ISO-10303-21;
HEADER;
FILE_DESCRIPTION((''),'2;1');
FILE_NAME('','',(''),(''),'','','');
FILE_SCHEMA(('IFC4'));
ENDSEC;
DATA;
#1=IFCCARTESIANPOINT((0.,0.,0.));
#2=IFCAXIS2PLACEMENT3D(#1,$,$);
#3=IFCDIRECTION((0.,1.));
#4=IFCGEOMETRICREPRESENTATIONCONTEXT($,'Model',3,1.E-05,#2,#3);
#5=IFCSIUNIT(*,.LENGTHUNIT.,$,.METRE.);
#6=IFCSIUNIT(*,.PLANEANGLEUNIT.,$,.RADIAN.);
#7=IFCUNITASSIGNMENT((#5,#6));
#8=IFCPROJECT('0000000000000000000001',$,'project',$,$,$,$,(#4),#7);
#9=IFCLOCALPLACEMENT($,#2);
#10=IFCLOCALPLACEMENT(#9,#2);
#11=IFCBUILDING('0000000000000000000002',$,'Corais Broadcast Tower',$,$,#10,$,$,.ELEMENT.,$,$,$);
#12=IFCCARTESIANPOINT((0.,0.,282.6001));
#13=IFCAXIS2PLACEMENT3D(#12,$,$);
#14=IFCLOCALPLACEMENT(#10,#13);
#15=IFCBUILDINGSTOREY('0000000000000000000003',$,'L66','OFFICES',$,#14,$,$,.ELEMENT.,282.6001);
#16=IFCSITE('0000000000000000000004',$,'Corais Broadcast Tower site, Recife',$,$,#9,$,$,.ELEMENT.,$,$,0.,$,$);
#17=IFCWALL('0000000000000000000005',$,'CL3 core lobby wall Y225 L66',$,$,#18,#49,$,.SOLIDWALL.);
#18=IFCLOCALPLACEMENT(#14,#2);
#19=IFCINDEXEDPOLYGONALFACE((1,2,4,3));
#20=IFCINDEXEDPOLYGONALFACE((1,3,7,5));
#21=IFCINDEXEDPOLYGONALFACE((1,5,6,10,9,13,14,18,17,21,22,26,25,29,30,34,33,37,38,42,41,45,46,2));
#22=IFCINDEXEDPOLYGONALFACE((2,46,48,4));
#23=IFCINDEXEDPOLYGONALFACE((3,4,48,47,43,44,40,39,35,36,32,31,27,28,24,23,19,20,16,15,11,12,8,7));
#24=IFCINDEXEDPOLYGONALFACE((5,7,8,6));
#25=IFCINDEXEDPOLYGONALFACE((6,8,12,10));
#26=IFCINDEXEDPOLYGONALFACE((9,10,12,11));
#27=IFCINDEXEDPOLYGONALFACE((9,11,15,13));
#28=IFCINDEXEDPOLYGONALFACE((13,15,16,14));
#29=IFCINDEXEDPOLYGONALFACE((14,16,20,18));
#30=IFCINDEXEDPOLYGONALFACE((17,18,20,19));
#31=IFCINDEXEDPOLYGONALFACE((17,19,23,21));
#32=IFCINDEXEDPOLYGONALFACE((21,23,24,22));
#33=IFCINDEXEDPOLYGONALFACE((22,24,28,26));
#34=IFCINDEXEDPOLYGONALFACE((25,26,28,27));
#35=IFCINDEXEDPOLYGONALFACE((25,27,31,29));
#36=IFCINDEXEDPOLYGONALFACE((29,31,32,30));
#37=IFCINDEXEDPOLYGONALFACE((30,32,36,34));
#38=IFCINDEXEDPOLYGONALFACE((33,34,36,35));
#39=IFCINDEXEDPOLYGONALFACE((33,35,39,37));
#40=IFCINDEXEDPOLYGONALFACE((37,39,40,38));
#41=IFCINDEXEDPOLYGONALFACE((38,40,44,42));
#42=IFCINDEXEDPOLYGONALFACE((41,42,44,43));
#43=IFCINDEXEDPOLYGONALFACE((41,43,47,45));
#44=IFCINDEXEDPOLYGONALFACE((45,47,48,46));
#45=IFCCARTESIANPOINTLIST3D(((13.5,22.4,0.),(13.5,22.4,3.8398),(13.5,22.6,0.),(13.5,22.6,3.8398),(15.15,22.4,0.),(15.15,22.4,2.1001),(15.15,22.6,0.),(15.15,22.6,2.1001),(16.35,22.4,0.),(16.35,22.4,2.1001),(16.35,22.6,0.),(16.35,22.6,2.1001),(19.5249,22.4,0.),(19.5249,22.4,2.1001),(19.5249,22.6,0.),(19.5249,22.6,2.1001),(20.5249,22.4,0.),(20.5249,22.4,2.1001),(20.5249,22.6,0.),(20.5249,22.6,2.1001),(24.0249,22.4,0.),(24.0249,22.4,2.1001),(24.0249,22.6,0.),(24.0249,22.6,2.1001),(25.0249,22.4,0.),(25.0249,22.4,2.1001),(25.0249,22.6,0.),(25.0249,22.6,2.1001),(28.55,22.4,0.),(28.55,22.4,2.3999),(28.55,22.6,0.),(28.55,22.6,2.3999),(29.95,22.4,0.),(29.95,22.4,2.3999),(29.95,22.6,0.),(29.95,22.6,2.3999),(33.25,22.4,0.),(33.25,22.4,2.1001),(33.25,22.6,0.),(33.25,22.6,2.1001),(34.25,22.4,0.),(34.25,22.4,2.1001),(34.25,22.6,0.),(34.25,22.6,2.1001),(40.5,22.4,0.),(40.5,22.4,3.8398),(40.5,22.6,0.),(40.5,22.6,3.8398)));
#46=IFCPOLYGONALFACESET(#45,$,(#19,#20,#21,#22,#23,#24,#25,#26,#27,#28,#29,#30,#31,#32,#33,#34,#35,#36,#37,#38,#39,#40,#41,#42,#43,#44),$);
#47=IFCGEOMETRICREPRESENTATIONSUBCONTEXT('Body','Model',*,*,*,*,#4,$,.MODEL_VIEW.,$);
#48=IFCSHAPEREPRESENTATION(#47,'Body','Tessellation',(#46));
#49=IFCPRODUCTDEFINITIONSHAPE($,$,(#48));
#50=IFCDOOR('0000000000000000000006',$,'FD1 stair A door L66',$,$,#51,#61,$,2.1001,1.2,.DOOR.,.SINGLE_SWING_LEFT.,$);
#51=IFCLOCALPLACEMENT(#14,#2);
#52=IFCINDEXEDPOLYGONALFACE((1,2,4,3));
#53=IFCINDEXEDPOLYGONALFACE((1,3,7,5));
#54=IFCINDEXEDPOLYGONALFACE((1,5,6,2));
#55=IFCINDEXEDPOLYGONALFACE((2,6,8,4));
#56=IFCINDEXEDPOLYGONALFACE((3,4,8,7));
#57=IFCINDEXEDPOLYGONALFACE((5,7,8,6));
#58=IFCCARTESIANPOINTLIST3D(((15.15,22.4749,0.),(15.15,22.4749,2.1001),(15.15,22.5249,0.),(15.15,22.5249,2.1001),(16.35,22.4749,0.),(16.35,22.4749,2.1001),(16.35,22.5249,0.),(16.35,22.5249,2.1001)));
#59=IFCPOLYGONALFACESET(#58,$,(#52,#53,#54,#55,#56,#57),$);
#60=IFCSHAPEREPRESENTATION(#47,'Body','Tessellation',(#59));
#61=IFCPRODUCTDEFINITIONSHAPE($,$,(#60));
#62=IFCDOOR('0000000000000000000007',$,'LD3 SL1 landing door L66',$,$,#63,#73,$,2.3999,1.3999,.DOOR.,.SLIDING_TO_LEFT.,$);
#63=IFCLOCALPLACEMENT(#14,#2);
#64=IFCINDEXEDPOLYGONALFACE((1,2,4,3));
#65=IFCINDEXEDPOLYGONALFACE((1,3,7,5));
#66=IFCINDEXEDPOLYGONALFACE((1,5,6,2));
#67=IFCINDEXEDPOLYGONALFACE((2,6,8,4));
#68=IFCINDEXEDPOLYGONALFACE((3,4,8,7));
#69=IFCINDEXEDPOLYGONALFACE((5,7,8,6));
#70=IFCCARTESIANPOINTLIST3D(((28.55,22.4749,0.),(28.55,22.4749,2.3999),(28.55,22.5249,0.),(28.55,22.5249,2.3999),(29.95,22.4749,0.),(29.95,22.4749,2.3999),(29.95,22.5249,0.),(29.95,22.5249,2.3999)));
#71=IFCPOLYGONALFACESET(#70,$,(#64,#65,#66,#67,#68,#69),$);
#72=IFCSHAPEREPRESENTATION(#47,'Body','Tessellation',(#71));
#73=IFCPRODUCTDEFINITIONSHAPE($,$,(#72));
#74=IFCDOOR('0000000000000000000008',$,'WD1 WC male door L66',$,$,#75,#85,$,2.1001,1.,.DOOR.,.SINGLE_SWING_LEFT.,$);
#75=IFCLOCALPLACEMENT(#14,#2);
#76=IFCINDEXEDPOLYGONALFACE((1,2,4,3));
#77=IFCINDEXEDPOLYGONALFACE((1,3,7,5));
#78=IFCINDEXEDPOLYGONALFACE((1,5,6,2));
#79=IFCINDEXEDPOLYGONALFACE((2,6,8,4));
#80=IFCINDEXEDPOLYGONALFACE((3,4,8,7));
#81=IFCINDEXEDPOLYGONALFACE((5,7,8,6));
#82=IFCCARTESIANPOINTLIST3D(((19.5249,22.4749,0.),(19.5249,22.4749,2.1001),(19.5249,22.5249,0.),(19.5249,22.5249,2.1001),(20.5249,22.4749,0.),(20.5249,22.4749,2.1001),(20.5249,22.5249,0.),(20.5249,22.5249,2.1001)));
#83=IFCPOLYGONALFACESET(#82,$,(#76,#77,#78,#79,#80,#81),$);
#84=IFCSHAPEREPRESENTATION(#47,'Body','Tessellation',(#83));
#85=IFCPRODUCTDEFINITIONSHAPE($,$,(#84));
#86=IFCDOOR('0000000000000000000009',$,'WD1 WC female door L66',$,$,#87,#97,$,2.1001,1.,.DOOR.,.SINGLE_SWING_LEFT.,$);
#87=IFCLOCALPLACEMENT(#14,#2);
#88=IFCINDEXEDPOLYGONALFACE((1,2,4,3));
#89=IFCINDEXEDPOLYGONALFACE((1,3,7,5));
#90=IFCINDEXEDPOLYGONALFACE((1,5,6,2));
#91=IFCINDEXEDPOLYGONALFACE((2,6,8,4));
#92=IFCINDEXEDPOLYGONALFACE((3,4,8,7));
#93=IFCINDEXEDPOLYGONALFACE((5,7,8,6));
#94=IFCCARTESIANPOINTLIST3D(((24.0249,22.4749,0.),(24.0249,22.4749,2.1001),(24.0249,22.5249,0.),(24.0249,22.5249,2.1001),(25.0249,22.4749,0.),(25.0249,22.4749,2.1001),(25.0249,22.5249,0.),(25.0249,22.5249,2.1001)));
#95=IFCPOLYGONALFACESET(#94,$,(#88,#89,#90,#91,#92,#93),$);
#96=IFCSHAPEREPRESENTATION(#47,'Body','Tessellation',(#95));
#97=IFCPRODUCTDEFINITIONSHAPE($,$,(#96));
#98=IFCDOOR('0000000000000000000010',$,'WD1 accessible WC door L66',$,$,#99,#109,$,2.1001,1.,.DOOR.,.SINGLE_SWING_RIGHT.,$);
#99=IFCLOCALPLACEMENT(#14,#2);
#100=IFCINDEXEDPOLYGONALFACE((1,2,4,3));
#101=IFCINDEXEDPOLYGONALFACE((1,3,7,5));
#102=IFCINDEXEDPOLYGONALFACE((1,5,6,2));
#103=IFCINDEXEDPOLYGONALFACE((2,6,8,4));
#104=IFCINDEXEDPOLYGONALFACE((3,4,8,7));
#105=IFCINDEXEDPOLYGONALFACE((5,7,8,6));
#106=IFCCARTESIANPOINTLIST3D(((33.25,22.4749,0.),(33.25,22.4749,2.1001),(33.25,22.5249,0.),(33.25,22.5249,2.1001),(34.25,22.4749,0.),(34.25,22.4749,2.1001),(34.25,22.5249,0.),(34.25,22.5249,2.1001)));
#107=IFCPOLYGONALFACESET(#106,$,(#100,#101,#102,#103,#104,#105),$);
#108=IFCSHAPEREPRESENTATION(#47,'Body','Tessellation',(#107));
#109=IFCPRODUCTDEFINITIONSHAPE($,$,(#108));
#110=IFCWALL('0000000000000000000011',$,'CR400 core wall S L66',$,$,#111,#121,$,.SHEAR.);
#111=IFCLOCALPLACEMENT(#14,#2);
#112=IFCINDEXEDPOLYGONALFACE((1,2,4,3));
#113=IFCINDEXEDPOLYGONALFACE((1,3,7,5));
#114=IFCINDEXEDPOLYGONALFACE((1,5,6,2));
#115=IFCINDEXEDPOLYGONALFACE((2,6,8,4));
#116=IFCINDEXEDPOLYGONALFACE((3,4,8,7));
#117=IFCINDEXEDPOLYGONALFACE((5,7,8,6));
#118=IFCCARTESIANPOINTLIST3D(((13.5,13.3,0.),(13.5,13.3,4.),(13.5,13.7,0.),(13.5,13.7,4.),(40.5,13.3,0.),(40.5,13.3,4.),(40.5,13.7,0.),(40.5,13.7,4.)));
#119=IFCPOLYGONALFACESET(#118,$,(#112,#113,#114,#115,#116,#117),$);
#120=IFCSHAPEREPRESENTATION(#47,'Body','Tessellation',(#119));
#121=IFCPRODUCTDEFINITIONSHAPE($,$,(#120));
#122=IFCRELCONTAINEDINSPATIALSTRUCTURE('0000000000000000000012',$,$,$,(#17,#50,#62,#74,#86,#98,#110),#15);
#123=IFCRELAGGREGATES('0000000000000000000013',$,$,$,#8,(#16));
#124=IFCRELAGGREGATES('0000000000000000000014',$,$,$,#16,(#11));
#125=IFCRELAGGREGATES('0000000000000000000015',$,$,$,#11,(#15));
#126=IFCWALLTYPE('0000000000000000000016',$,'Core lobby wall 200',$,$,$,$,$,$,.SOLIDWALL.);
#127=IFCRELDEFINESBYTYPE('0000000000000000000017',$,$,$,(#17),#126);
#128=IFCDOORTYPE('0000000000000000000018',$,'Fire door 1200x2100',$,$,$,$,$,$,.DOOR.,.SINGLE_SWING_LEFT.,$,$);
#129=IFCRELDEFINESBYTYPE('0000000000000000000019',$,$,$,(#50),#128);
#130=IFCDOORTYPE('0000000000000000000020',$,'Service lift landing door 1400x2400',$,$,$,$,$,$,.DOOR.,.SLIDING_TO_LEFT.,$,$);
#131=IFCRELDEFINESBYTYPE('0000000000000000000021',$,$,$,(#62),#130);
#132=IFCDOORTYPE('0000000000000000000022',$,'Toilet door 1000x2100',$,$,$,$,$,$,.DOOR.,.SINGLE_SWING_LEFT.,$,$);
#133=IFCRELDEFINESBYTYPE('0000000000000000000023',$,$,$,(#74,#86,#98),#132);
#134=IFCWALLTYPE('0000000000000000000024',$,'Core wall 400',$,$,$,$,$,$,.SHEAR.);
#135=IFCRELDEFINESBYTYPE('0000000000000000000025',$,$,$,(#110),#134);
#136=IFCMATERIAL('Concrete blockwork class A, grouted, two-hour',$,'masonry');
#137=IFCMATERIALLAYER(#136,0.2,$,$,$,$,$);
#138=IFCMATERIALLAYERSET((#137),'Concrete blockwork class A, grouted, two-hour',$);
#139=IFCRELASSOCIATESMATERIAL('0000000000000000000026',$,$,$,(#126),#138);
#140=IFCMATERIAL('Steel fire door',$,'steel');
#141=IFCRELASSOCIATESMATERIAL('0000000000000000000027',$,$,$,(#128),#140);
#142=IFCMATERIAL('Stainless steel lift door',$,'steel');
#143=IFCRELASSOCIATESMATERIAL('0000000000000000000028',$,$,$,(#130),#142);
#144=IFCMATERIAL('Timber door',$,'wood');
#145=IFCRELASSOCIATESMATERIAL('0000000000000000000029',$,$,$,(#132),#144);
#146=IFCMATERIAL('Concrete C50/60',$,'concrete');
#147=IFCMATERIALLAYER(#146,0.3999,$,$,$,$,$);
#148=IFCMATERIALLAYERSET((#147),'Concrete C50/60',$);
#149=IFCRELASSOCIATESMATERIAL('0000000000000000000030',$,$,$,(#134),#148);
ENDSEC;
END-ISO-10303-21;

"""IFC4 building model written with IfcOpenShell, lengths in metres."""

from ifc_helpers import new_model, si_unit, direction, frame, frame_2d, origin, place, context, subcontext, project, spatial, rectangle, extrude, material, layer, layer_set, type_object, element, fill, save


model = new_model("IFC4")

# Units and contexts
model_context = context("Model", 3, precision=1e-05, world=origin(), true_north=direction((0.0, 1.0)))
body_context = subcontext(model_context, "Body", "Model", "MODEL_VIEW")
ifc_project = project(units=[si_unit("LENGTHUNIT", "METRE"), si_unit("PLANEANGLEUNIT", "RADIAN")], contexts=[model_context])

# Site, building, storey
site_placement = place(None, origin())
site = spatial("IfcSite", under=ifc_project, at=site_placement, Name="Corais Broadcast Tower site, Recife", CompositionType="ELEMENT", RefElevation=0.0)
building_placement = place(site_placement, origin())
building = spatial("IfcBuilding", under=site, at=building_placement, Name="Corais Broadcast Tower", CompositionType="ELEMENT")
storey_placement = place(building_placement, frame((0.0, 0.0, 282.6001)))
storey = spatial("IfcBuildingStorey", under=building, at=storey_placement, Name="L66", Description="OFFICES", CompositionType="ELEMENT", Elevation=282.6001)

# Wall, openings, doors
ifc_material_1 = material(Name="Concrete blockwork class A, grouted, two-hour", Category="masonry")
ifc_layer_1 = layer(ifc_material_1, 0.2)
ifc_layer_set_1 = layer_set([ifc_layer_1], Name="Concrete blockwork class A, grouted, two-hour")
wall_type_1 = type_object("IfcWallType", Name="Core lobby wall 200", PredefinedType="SOLIDWALL", material=ifc_layer_set_1)
wall_1_placement = place(storey_placement, frame((13.5, 22.5, 0.0), z_axis=(0.0, 0.0, 1.0), x_axis=(1.0, 0.0, 0.0)))
wall_1 = element("IfcWall", 1, at=wall_1_placement, inside=storey, type_object=wall_type_1, Name="CL3 core lobby wall Y225 L66", PredefinedType="SOLIDWALL", context=body_context, shape_type="SweptSolid", body=[
    extrude(rectangle(XDim=27.0, YDim=0.2, at=frame_2d((13.5, 0.0))), origin(), (0.0, 0.0, 1.0), 3.8398),
])
opening_1_placement = place(wall_1_placement, frame((1.6499, 0.0, 0.0)))
opening_1 = element("IfcOpeningElement", 2, at=opening_1_placement, cuts=wall_1, PredefinedType="OPENING", context=body_context, shape_type="SweptSolid", body=[
    extrude(rectangle(XDim=1.2, YDim=2.1001, at=frame_2d((0.6001, 1.05))), frame((0.0, 0.1099, 0.0), z_axis=(0.0, -1.0, 0.0), x_axis=(1.0, 0.0, 0.0)), (0.0, 0.0, 1.0), 0.22),
])
opening_2_placement = place(wall_1_placement, frame((6.0249, 0.0, 0.0)))
opening_2 = element("IfcOpeningElement", 3, at=opening_2_placement, cuts=wall_1, PredefinedType="OPENING", context=body_context, shape_type="SweptSolid", body=[
    extrude(rectangle(XDim=1.0, YDim=2.1001, at=frame_2d((0.5, 1.05))), frame((0.0, 0.1099, 0.0), z_axis=(0.0, -1.0, 0.0), x_axis=(1.0, 0.0, 0.0)), (0.0, 0.0, 1.0), 0.22),
])
opening_3_placement = place(wall_1_placement, frame((10.5249, 0.0, 0.0)))
opening_3 = element("IfcOpeningElement", 4, at=opening_3_placement, cuts=wall_1, PredefinedType="OPENING", context=body_context, shape_type="SweptSolid", body=[
    extrude(rectangle(XDim=1.0, YDim=2.1001, at=frame_2d((0.5, 1.05))), frame((0.0, 0.1099, 0.0), z_axis=(0.0, -1.0, 0.0), x_axis=(1.0, 0.0, 0.0)), (0.0, 0.0, 1.0), 0.22),
])
opening_4_placement = place(wall_1_placement, frame((19.75, 0.0, 0.0)))
opening_4 = element("IfcOpeningElement", 5, at=opening_4_placement, cuts=wall_1, PredefinedType="OPENING", context=body_context, shape_type="SweptSolid", body=[
    extrude(rectangle(XDim=1.0, YDim=2.1001, at=frame_2d((0.5, 1.05))), frame((0.0, 0.1099, 0.0), z_axis=(0.0, -1.0, 0.0), x_axis=(1.0, 0.0, 0.0)), (0.0, 0.0, 1.0), 0.22),
])
opening_5_placement = place(wall_1_placement, frame((15.05, 0.0, 0.0)))
opening_5 = element("IfcOpeningElement", 6, at=opening_5_placement, cuts=wall_1, PredefinedType="OPENING", context=body_context, shape_type="SweptSolid", body=[
    extrude(rectangle(XDim=1.3999, YDim=2.3999, at=frame_2d((0.7, 1.2))), frame((0.0, 0.1099, 0.0), z_axis=(0.0, -1.0, 0.0), x_axis=(1.0, 0.0, 0.0)), (0.0, 0.0, 1.0), 0.22),
])
ifc_material_2 = material(Name="Steel fire door", Category="steel")
door_type_1 = type_object("IfcDoorType", Name="Fire door 1200x2100", OperationType="SINGLE_SWING_LEFT", PredefinedType="DOOR", material=ifc_material_2)
door_1_placement = place(opening_1_placement, origin())
door_1 = element("IfcDoor", 7, at=door_1_placement, inside=storey, type_object=door_type_1, Name="FD1 stair A door L66", OperationType="SINGLE_SWING_LEFT", OverallHeight=2.1001, OverallWidth=1.2, PredefinedType="DOOR", context=body_context, shape_type="SweptSolid", body=[
    extrude(rectangle(XDim=1.2, YDim=2.1001, at=frame_2d((0.6001, 1.05))), frame((0.0, 0.0249, 0.0), z_axis=(0.0, -1.0, 0.0), x_axis=(1.0, 0.0, 0.0)), (0.0, 0.0, 1.0), 0.05),
])
fill(opening_1, door_1)
ifc_material_3 = material(Name="Stainless steel lift door", Category="steel")
door_type_2 = type_object("IfcDoorType", Name="Service lift landing door 1400x2400", OperationType="SLIDING_TO_LEFT", PredefinedType="DOOR", material=ifc_material_3)
door_2_placement = place(opening_5_placement, origin())
door_2 = element("IfcDoor", 8, at=door_2_placement, inside=storey, type_object=door_type_2, Name="LD3 SL1 landing door L66", OperationType="SLIDING_TO_LEFT", OverallHeight=2.3999, OverallWidth=1.3999, PredefinedType="DOOR", context=body_context, shape_type="SweptSolid", body=[
    extrude(rectangle(XDim=1.3999, YDim=2.3999, at=frame_2d((0.7, 1.2))), frame((0.0, 0.0249, 0.0), z_axis=(0.0, -1.0, 0.0), x_axis=(1.0, 0.0, 0.0)), (0.0, 0.0, 1.0), 0.05),
])
fill(opening_5, door_2)
ifc_material_4 = material(Name="Timber door", Category="wood")
door_type_3 = type_object("IfcDoorType", Name="Toilet door 1000x2100", OperationType="SINGLE_SWING_LEFT", PredefinedType="DOOR", material=ifc_material_4)
door_3_placement = place(opening_2_placement, origin())
door_3 = element("IfcDoor", 9, at=door_3_placement, inside=storey, type_object=door_type_3, Name="WD1 WC male door L66", OperationType="SINGLE_SWING_LEFT", OverallHeight=2.1001, OverallWidth=1.0, PredefinedType="DOOR", context=body_context, shape_type="SweptSolid", body=[
    extrude(rectangle(XDim=1.0, YDim=2.1001, at=frame_2d((0.5, 1.05))), frame((0.0, 0.0249, 0.0), z_axis=(0.0, -1.0, 0.0), x_axis=(1.0, 0.0, 0.0)), (0.0, 0.0, 1.0), 0.05),
])
fill(opening_2, door_3)
door_4_placement = place(opening_3_placement, origin())
door_4 = element("IfcDoor", 10, at=door_4_placement, inside=storey, type_object=door_type_3, Name="WD1 WC female door L66", OperationType="SINGLE_SWING_LEFT", OverallHeight=2.1001, OverallWidth=1.0, PredefinedType="DOOR", context=body_context, shape_type="SweptSolid", body=[
    extrude(rectangle(XDim=1.0, YDim=2.1001, at=frame_2d((0.5, 1.05))), frame((0.0, 0.0249, 0.0), z_axis=(0.0, -1.0, 0.0), x_axis=(1.0, 0.0, 0.0)), (0.0, 0.0, 1.0), 0.05),
])
fill(opening_3, door_4)
door_5_placement = place(opening_4_placement, origin())
door_5 = element("IfcDoor", 11, at=door_5_placement, inside=storey, type_object=door_type_3, Name="WD1 accessible WC door L66", OperationType="SINGLE_SWING_RIGHT", OverallHeight=2.1001, OverallWidth=1.0, PredefinedType="DOOR", context=body_context, shape_type="SweptSolid", body=[
    extrude(rectangle(XDim=1.0, YDim=2.1001, at=frame_2d((0.5, 1.05))), frame((0.0, 0.0249, 0.0), z_axis=(0.0, -1.0, 0.0), x_axis=(1.0, 0.0, 0.0)), (0.0, 0.0, 1.0), 0.05),
])
fill(opening_4, door_5)

# Wall
ifc_material_5 = material(Name="Concrete C50/60", Category="concrete")
ifc_layer_2 = layer(ifc_material_5, 0.3999)
ifc_layer_set_2 = layer_set([ifc_layer_2], Name="Concrete C50/60")
wall_type_2 = type_object("IfcWallType", Name="Core wall 400", PredefinedType="SHEAR", material=ifc_layer_set_2)
wall_2_placement = place(storey_placement, frame((13.5, 13.5, 0.0), z_axis=(0.0, 0.0, 1.0), x_axis=(1.0, 0.0, 0.0)))
element("IfcWall", 12, at=wall_2_placement, inside=storey, type_object=wall_type_2, Name="CR400 core wall S L66", PredefinedType="SHEAR", context=body_context, shape_type="SweptSolid", body=[
    extrude(rectangle(XDim=27.0, YDim=0.3999, at=frame_2d((13.5, 0.0))), origin(), (0.0, 0.0, 1.0), 4.0),
])

save(model, "model.ifc")
